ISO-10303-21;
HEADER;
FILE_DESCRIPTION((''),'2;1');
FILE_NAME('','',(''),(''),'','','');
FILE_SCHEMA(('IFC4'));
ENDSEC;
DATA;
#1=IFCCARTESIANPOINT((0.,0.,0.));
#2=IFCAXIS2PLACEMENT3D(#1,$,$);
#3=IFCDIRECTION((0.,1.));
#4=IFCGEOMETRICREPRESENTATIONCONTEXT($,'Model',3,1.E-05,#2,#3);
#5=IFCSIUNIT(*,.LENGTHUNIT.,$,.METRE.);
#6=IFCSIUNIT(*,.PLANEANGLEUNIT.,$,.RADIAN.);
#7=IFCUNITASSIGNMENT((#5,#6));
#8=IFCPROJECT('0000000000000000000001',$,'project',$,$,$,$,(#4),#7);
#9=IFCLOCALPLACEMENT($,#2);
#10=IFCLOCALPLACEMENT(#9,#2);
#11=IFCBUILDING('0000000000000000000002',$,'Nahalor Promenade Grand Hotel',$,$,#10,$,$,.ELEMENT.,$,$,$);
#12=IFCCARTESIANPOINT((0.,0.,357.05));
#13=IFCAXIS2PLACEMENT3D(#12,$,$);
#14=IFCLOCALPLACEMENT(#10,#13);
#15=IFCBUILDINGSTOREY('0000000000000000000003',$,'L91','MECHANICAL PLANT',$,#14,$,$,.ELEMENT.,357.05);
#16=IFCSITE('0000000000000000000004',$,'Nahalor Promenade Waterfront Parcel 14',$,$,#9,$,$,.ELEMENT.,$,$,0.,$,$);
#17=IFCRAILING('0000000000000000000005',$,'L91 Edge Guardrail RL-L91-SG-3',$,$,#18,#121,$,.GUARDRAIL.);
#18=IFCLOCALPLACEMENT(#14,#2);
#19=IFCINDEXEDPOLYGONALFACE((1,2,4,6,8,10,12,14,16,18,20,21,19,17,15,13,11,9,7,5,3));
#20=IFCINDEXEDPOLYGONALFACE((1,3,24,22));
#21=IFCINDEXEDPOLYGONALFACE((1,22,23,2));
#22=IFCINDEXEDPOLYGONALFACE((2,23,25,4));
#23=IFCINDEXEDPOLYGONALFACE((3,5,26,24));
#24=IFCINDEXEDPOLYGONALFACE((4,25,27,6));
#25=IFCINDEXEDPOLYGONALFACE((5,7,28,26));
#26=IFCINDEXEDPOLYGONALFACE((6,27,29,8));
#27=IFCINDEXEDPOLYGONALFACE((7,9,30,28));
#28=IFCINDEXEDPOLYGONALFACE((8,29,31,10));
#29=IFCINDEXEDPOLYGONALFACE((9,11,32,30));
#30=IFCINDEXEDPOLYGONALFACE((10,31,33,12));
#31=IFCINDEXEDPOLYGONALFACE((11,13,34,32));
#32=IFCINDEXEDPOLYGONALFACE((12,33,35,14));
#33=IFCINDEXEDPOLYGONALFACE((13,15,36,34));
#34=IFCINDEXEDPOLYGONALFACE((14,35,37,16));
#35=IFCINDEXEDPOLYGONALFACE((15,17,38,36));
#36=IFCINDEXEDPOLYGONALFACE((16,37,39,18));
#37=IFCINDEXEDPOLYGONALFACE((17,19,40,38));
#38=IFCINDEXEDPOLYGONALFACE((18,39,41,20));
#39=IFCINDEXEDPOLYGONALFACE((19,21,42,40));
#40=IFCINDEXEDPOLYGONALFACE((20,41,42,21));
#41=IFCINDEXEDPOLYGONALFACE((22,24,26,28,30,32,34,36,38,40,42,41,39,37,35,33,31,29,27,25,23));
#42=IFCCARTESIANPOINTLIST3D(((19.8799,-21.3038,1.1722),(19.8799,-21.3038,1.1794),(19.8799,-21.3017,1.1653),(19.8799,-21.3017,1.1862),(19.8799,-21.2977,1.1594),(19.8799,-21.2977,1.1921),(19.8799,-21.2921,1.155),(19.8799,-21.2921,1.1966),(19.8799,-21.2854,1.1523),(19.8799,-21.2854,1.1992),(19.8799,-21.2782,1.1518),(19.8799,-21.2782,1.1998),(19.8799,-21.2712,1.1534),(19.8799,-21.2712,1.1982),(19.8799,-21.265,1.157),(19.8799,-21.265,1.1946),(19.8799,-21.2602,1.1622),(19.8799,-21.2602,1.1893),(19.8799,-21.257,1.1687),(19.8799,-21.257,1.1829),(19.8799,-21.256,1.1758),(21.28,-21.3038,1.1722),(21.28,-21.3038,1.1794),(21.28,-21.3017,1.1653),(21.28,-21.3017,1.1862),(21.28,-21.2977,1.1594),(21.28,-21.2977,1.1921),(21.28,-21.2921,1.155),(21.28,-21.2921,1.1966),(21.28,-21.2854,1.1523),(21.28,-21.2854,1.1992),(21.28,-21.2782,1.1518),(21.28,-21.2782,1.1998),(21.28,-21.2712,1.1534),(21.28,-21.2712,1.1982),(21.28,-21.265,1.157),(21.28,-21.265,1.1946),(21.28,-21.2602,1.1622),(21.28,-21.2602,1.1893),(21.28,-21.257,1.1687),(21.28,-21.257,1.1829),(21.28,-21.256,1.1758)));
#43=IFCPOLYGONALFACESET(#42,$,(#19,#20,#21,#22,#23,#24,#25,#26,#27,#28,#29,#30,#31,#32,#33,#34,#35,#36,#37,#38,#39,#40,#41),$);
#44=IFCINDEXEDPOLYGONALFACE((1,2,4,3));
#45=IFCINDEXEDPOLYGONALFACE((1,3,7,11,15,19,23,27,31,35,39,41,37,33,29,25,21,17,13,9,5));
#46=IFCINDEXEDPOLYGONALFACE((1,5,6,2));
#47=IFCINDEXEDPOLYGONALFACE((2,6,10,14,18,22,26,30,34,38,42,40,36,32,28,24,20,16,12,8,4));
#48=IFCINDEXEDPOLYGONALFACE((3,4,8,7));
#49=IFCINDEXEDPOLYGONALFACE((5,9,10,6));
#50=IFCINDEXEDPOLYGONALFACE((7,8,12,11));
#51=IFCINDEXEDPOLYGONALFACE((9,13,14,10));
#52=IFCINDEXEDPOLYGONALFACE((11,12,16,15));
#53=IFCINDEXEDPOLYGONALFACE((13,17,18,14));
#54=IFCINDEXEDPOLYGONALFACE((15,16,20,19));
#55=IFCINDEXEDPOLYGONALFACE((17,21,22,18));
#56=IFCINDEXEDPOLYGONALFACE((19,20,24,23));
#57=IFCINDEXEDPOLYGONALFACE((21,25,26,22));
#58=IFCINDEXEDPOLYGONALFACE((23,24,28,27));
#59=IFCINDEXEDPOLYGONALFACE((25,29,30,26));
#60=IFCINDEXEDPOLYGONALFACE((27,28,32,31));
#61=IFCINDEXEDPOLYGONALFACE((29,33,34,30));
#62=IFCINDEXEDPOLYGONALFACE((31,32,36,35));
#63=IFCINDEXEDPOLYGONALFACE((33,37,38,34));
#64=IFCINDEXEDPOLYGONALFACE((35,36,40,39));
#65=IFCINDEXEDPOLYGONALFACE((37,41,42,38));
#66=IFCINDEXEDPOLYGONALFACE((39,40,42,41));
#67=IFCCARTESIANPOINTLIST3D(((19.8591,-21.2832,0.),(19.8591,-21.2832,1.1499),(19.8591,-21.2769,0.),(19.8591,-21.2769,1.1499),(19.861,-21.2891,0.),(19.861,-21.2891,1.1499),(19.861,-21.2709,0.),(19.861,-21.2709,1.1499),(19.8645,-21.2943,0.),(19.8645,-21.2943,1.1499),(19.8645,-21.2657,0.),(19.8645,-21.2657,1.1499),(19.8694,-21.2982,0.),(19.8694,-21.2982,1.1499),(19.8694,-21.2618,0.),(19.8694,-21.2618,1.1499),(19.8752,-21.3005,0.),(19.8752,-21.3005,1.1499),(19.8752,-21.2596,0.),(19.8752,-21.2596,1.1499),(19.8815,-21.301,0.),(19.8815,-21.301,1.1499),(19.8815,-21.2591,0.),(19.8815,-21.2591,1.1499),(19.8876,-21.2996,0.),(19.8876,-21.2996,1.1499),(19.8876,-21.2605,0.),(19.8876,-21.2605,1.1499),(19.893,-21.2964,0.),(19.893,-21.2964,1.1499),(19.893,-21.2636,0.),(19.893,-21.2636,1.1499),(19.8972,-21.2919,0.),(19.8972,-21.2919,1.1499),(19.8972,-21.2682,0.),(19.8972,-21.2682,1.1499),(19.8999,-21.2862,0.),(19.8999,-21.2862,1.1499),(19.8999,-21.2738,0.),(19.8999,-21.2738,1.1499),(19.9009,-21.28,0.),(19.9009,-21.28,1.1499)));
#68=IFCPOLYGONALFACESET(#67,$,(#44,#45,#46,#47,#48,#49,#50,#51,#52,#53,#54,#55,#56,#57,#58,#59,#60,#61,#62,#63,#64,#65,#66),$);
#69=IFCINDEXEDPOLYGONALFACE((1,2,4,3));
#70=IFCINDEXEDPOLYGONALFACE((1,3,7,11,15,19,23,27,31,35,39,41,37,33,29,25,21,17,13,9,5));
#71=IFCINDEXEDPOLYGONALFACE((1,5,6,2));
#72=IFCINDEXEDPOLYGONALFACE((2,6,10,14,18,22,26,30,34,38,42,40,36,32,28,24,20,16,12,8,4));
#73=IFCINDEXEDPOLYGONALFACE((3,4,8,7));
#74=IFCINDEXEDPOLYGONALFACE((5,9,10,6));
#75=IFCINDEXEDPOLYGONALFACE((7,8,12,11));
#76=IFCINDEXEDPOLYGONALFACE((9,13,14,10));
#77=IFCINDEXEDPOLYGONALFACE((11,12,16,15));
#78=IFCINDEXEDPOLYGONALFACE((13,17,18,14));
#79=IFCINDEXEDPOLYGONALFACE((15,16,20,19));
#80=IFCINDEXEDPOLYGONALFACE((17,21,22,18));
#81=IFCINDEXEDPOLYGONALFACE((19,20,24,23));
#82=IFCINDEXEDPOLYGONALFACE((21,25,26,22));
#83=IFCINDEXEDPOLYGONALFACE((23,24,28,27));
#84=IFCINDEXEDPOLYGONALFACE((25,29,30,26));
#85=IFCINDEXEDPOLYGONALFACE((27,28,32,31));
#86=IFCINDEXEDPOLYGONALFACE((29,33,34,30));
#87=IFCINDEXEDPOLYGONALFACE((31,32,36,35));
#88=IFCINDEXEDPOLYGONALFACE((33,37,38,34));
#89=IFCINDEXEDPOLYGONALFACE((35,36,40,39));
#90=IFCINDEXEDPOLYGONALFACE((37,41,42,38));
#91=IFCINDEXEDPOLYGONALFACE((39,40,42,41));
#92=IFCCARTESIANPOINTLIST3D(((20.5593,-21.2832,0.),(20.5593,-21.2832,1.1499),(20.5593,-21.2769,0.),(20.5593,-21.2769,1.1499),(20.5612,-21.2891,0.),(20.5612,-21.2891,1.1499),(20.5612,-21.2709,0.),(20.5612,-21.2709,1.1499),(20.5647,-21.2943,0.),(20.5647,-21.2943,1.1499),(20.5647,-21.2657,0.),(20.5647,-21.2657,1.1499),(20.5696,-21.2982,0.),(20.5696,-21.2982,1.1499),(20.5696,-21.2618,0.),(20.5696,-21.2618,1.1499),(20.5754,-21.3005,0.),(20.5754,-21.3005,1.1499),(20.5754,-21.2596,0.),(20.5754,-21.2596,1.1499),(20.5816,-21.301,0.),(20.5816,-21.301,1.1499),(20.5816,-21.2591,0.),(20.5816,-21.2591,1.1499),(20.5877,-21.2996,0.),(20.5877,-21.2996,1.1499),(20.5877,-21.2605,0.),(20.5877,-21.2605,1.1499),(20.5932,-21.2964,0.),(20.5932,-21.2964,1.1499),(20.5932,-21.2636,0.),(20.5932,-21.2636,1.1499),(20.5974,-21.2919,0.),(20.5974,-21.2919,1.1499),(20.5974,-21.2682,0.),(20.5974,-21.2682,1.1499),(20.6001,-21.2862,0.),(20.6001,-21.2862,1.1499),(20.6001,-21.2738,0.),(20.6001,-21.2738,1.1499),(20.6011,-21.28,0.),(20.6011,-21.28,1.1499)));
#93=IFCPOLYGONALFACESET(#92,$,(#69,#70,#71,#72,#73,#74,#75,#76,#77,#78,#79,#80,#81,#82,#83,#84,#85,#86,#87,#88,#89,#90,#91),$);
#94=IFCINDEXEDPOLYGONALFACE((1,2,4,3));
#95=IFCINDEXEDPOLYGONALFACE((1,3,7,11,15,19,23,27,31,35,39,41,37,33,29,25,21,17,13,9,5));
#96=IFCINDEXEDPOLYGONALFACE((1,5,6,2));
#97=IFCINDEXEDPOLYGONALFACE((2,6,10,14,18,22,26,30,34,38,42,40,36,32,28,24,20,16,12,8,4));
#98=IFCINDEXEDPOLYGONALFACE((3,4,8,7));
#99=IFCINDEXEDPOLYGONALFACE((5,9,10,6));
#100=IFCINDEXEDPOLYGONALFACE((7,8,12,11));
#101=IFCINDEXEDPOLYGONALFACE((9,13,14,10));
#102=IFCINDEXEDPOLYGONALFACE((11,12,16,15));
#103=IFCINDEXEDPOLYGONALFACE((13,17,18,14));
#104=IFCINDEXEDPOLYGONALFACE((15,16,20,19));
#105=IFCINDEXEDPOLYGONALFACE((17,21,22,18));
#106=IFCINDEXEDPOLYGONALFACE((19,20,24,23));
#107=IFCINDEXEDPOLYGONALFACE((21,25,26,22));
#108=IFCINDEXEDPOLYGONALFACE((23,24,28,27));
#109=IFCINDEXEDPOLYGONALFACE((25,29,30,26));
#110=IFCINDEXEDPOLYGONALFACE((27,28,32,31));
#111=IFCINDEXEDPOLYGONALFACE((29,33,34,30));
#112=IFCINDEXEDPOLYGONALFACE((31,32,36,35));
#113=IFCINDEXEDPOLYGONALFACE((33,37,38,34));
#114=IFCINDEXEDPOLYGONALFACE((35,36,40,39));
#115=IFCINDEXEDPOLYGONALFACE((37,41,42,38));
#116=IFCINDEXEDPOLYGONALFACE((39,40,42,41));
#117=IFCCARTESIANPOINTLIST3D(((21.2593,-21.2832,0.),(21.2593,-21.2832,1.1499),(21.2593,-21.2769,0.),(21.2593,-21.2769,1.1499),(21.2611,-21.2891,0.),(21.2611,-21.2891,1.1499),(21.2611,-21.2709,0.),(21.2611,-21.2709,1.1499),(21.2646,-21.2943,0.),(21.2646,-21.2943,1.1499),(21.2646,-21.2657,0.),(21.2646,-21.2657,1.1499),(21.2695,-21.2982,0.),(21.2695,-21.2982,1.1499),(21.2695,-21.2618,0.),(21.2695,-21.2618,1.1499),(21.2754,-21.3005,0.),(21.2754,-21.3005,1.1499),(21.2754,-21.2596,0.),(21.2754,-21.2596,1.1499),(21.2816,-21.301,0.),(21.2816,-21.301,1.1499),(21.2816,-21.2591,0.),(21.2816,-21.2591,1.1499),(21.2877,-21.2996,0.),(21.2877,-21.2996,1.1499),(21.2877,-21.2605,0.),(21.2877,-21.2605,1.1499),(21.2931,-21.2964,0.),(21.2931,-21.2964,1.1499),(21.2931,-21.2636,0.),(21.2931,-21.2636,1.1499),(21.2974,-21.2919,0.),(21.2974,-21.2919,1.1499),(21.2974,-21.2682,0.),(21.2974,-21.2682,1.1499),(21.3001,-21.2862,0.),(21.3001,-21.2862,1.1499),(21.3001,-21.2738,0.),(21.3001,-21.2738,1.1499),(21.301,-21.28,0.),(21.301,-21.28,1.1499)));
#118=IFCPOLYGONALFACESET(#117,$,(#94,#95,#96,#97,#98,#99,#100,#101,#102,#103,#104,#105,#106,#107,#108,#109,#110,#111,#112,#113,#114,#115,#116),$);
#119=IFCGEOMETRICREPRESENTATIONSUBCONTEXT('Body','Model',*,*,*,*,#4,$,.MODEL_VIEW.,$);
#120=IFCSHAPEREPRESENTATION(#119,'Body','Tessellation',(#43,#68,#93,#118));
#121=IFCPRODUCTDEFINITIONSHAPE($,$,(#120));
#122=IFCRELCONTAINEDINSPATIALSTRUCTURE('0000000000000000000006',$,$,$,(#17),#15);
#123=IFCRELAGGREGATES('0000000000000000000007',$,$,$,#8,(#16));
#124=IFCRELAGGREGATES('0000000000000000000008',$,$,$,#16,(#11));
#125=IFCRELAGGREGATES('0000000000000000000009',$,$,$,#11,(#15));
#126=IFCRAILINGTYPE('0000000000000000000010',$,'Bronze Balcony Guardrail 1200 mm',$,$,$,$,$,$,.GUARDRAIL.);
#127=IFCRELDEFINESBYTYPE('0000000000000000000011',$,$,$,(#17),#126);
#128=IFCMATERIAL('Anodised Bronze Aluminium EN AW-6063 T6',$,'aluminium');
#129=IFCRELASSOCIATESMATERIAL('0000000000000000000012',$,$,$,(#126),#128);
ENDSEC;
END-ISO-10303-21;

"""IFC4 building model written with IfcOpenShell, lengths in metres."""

from ifc_helpers import new_model, si_unit, direction, frame, origin, origin_2d, place, context, subcontext, project, spatial, circle, extrude, material, type_object, element, save


model = new_model("IFC4")

# Units and contexts
model_context = context("Model", 3, precision=1e-05, world=origin(), true_north=direction((0.0, 1.0)))
body_context = subcontext(model_context, "Body", "Model", "MODEL_VIEW")
ifc_project = project(units=[si_unit("LENGTHUNIT", "METRE"), si_unit("PLANEANGLEUNIT", "RADIAN")], contexts=[model_context])

# Site, building, storey
site_placement = place(None, origin())
site = spatial("IfcSite", under=ifc_project, at=site_placement, Name="Nahalor Promenade Waterfront Parcel 14", CompositionType="ELEMENT", RefElevation=0.0)
building_placement = place(site_placement, origin())
building = spatial("IfcBuilding", under=site, at=building_placement, Name="Nahalor Promenade Grand Hotel", CompositionType="ELEMENT")
storey_placement = place(building_placement, frame((0.0, 0.0, 357.05)))
storey = spatial("IfcBuildingStorey", under=building, at=storey_placement, Name="L91", Description="MECHANICAL PLANT", CompositionType="ELEMENT", Elevation=357.05)

# Shared definitions
ifc_material_1 = material(Name="Anodised Bronze Aluminium EN AW-6063 T6", Category="aluminium")

# Railing
railing_type = type_object("IfcRailingType", Name="Bronze Balcony Guardrail 1200 mm", PredefinedType="GUARDRAIL", material=ifc_material_1)
railing_1_placement = place(storey_placement, frame((19.8799, -21.28, 0.0)))
element("IfcRailing", 1, at=railing_1_placement, inside=storey, type_object=railing_type, Name="L91 Edge Guardrail RL-L91-SG-3", PredefinedType="GUARDRAIL", context=body_context, shape_type="SweptSolid", body=[
    extrude(circle(Radius=0.024, at=origin_2d()), frame((0.0, 0.0, 1.1758), z_axis=(1.0, 0.0, 0.0), x_axis=(0.0, 1.0, 0.0)), (0.0, 0.0, 1.0), 1.4001),
    extrude(circle(Radius=0.021, at=origin_2d()), origin(), (0.0, 0.0, 1.0), 1.1499),
    extrude(circle(Radius=0.021, at=origin_2d()), frame((0.7002, 0.0, 0.0)), (0.0, 0.0, 1.0), 1.1499),
    extrude(circle(Radius=0.021, at=origin_2d()), frame((1.4001, 0.0, 0.0)), (0.0, 0.0, 1.0), 1.1499),
])

save(model, "model.ifc")
